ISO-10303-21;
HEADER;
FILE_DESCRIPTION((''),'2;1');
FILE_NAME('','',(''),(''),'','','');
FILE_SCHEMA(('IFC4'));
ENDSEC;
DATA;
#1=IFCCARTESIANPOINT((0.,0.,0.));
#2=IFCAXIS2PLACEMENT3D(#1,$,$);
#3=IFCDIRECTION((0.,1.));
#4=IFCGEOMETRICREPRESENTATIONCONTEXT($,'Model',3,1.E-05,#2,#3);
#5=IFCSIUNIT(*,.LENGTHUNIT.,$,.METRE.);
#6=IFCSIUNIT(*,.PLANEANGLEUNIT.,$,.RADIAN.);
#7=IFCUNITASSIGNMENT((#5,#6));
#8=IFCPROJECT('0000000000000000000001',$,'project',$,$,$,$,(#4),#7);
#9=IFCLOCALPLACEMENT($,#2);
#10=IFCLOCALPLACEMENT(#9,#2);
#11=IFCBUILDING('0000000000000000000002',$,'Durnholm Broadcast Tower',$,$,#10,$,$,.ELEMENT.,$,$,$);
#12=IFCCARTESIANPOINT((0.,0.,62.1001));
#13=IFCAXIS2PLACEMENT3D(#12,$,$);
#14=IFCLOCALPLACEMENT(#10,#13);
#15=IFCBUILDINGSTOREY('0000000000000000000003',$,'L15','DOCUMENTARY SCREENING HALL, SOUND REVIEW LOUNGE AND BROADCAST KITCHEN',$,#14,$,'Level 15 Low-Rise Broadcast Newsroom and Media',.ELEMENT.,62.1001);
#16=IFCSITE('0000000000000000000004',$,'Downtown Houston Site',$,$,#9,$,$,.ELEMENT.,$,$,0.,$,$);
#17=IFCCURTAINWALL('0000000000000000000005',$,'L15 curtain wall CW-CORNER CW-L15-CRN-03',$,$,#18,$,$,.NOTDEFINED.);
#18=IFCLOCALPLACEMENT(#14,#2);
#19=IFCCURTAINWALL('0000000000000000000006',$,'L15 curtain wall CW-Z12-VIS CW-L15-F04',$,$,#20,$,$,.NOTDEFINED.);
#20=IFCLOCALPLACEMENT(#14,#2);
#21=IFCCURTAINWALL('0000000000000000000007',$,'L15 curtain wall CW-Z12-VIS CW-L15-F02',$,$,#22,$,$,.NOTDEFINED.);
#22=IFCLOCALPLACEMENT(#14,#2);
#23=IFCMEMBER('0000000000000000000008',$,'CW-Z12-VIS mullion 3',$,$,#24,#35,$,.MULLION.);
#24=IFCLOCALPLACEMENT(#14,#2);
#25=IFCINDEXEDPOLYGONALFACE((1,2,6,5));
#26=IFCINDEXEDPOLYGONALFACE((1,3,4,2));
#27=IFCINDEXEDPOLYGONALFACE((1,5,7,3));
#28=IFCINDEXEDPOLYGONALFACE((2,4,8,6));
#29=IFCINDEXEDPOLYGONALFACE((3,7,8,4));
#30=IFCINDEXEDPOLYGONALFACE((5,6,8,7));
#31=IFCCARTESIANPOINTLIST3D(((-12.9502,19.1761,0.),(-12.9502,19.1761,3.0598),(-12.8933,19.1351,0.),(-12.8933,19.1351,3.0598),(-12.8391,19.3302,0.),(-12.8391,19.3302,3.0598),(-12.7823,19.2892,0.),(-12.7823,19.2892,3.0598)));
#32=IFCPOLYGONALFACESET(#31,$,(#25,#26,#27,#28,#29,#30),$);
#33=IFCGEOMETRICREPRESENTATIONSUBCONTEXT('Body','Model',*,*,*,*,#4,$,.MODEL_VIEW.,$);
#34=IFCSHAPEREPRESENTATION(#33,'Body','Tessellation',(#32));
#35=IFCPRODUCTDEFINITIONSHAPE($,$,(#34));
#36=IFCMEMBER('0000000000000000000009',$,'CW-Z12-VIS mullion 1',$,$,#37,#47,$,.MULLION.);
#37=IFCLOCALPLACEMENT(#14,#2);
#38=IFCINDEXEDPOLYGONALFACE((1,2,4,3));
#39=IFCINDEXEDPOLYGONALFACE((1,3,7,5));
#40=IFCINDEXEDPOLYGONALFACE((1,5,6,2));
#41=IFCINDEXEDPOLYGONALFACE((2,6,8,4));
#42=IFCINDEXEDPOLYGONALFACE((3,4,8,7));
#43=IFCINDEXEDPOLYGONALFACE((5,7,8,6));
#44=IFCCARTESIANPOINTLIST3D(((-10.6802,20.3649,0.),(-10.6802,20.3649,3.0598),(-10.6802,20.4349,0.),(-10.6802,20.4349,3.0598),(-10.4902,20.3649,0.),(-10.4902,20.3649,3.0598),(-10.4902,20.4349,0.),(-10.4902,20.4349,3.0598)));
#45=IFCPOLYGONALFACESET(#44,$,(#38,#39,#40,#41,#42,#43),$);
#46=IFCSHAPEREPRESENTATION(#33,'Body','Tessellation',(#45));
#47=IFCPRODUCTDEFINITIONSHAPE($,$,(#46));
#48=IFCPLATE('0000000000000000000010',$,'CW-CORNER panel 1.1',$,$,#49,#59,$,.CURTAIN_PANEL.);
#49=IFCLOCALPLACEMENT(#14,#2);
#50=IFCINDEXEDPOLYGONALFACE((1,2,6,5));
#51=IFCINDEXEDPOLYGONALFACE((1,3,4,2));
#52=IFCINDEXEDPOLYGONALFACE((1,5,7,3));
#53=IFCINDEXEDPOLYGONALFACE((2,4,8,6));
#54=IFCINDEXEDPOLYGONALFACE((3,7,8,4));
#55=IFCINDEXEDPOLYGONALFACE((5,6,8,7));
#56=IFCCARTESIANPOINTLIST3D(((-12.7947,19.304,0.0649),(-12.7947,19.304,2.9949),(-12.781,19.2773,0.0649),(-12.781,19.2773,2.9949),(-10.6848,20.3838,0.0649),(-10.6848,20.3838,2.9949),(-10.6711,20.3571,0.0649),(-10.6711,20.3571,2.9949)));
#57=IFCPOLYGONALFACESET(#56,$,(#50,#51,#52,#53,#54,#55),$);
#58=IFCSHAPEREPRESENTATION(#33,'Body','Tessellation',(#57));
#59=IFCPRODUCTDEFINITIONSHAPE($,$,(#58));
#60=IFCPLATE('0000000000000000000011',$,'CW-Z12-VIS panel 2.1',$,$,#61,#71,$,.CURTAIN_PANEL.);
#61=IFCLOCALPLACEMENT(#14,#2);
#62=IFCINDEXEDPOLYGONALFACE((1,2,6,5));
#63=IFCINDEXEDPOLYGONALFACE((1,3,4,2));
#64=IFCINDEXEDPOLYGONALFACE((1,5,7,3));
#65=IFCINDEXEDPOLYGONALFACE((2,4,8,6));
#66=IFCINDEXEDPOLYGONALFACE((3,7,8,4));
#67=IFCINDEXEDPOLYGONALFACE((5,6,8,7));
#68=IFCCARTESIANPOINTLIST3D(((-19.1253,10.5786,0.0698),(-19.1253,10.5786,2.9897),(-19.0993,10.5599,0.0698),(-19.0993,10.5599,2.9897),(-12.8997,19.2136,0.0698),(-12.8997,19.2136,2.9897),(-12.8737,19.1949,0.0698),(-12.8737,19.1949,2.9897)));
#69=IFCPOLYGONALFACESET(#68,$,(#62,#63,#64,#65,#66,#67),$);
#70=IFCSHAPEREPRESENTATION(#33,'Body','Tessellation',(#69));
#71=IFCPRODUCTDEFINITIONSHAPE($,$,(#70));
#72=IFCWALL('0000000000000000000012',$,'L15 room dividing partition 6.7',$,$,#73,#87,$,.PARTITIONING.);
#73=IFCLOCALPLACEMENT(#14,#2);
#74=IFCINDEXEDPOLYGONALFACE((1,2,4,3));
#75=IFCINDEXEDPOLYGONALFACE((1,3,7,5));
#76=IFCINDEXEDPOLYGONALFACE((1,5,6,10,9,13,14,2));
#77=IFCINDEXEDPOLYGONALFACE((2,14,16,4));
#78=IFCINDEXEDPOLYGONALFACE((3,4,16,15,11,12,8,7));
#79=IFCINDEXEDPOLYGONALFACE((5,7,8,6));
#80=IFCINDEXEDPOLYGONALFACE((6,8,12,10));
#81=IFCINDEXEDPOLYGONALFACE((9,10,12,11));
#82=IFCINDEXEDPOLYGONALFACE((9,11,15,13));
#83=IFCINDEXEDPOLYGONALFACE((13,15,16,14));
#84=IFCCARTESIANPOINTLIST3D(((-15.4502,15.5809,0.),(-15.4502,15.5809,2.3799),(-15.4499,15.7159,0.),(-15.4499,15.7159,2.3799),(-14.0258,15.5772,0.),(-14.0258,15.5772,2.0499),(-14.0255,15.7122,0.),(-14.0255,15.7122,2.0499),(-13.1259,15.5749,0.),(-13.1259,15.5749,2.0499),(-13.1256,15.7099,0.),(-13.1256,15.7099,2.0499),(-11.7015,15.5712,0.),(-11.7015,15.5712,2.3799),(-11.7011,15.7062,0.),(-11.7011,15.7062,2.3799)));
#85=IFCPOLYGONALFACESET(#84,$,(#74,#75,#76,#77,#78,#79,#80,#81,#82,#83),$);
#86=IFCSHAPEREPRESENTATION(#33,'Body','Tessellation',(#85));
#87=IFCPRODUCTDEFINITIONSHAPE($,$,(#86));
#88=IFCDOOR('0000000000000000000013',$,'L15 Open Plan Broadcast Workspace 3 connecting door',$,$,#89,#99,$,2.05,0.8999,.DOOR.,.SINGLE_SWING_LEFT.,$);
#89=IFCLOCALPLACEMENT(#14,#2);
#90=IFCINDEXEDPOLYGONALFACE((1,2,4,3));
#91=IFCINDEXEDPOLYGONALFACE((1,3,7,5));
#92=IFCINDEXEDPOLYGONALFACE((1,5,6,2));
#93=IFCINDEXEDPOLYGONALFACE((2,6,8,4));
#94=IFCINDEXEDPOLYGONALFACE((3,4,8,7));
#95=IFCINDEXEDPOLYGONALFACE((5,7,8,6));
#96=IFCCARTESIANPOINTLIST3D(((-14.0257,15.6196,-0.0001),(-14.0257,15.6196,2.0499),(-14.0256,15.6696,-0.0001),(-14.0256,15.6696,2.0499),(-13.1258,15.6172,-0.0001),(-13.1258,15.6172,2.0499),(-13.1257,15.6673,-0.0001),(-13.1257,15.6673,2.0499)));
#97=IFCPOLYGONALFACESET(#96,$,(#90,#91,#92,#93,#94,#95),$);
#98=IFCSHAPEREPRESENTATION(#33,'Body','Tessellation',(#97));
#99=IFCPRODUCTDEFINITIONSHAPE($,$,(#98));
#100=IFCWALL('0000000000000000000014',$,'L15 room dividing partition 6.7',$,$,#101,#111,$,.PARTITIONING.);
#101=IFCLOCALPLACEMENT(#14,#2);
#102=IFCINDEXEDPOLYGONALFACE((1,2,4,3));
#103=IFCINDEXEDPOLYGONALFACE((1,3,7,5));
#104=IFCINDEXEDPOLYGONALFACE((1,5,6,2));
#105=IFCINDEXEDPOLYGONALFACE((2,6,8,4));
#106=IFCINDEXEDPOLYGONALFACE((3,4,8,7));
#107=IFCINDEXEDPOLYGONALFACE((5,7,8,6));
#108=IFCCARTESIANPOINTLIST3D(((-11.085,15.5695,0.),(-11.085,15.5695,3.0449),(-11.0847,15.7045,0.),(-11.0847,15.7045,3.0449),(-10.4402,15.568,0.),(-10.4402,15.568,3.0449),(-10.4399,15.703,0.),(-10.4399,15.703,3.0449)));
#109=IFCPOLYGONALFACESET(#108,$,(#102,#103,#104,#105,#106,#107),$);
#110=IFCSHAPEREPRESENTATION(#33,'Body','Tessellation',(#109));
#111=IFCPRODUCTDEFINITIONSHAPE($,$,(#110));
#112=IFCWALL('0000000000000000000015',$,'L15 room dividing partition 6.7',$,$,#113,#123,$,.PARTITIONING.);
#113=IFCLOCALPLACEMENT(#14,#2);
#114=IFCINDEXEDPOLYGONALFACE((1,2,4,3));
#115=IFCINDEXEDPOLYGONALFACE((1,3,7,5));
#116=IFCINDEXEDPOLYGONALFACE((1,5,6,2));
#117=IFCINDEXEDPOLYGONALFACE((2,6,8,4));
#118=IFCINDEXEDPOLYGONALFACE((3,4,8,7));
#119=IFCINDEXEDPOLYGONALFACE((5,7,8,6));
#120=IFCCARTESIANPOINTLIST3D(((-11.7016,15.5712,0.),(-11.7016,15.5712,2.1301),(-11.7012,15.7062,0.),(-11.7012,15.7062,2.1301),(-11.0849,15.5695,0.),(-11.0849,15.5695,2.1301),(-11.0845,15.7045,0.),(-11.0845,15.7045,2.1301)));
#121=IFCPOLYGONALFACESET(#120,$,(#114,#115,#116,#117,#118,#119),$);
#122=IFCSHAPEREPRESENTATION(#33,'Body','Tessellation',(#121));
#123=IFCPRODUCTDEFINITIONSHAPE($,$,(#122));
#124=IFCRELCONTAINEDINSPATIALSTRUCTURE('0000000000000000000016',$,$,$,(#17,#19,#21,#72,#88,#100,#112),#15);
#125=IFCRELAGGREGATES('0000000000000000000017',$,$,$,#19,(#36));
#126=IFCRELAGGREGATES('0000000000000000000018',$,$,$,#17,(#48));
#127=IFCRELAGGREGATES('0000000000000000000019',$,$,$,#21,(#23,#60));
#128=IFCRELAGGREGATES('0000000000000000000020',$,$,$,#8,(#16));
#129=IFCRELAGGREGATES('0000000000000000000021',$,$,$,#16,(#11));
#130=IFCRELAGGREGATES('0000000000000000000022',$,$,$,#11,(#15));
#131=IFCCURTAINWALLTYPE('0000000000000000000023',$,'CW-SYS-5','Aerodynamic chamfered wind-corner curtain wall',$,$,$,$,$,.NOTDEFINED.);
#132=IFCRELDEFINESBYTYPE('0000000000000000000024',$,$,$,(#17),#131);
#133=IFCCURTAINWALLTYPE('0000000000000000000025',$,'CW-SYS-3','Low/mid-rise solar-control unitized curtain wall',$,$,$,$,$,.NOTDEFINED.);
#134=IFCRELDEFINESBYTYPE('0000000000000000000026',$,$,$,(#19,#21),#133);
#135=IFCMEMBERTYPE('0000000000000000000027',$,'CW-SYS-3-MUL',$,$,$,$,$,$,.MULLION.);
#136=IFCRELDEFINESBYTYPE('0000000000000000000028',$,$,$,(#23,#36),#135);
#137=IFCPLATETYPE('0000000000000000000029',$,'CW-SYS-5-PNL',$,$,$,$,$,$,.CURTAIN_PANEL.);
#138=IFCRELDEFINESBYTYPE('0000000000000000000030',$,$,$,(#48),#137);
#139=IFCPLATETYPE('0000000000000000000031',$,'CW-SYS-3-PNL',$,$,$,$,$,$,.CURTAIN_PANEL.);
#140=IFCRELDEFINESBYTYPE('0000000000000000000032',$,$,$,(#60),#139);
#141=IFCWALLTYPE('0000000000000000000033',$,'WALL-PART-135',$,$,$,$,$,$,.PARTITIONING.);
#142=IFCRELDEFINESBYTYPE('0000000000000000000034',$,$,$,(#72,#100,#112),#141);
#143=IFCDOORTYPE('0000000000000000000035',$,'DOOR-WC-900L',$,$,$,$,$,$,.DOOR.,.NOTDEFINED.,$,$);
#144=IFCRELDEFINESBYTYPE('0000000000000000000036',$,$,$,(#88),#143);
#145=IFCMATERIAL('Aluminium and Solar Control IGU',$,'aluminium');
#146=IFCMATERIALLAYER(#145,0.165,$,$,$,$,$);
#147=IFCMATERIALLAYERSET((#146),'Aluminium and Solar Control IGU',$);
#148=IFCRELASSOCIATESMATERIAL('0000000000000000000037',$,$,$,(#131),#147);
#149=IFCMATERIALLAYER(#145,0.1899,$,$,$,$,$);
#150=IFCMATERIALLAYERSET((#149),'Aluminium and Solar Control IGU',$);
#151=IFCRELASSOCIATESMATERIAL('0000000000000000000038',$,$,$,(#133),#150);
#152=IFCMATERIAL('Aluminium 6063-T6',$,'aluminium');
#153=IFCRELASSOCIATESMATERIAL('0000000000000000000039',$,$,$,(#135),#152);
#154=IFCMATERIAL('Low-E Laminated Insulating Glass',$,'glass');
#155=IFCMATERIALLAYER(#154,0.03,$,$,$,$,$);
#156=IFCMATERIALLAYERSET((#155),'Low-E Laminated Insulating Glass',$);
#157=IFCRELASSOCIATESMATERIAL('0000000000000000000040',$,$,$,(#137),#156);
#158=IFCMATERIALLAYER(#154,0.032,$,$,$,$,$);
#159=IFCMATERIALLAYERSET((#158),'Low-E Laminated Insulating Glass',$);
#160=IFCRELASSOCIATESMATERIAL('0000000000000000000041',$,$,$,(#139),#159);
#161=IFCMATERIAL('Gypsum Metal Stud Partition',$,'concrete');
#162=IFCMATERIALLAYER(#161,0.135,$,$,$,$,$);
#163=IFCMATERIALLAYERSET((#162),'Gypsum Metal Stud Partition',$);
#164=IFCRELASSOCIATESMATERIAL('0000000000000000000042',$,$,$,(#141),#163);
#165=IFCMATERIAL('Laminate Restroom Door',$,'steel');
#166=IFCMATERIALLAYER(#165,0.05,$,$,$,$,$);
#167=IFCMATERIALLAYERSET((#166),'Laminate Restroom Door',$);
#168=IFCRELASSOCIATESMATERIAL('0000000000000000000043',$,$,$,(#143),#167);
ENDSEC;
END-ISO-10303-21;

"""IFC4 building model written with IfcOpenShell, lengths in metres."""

from ifc_helpers import new_model, si_unit, direction, frame, frame_2d, origin, origin_2d, place, context, subcontext, project, spatial, rectangle, extrude, source, transform, mapped, material, layer, layer_set, material_profile, profile_set, type_object, type_shapes, element, fill, aggregate, save


model = new_model("IFC4")

# Units and contexts
model_context = context("Model", 3, precision=1e-05, world=origin(), true_north=direction((0.0, 1.0)))
body_context = subcontext(model_context, "Body", "Model", "MODEL_VIEW")
ifc_project = project(units=[si_unit("LENGTHUNIT", "METRE"), si_unit("PLANEANGLEUNIT", "RADIAN")], contexts=[model_context])

# Site, building, storey
site_placement = place(None, origin())
site = spatial("IfcSite", under=ifc_project, at=site_placement, Name="Downtown Houston Site", CompositionType="ELEMENT", RefElevation=0.0)
building_placement = place(site_placement, origin())
building = spatial("IfcBuilding", under=site, at=building_placement, Name="Durnholm Broadcast Tower", CompositionType="ELEMENT")
storey_placement = place(building_placement, frame((0.0, 0.0, 62.1001)))
storey = spatial("IfcBuildingStorey", under=building, at=storey_placement, Name="L15", Description="DOCUMENTARY SCREENING HALL, SOUND REVIEW LOUNGE AND BROADCAST KITCHEN", LongName="Level 15 Low-Rise Broadcast Newsroom and Media", CompositionType="ELEMENT", Elevation=62.1001)

# Curtain walls
ifc_material_1 = material(Name="Aluminium and Solar Control IGU", Category="aluminium")
ifc_layer_1 = layer(ifc_material_1, 0.165)
ifc_layer_set_1 = layer_set([ifc_layer_1], Name="Aluminium and Solar Control IGU")
curtain_wall_type_1 = type_object("IfcCurtainWallType", Name="CW-SYS-5", Description="Aerodynamic chamfered wind-corner curtain wall", PredefinedType="NOTDEFINED", material=ifc_layer_set_1)
curtain_wall_1_placement = place(storey_placement, origin())
curtain_wall_1 = element("IfcCurtainWall", 1, at=curtain_wall_1_placement, inside=storey, type_object=curtain_wall_type_1, Name="L15 curtain wall CW-CORNER CW-L15-CRN-03", PredefinedType="NOTDEFINED")
ifc_material_2 = material(Name="Aluminium 6063-T6", Category="aluminium")
ifc_layer_2 = layer(ifc_material_1, 0.1899)
ifc_layer_set_2 = layer_set([ifc_layer_2], Name="Aluminium and Solar Control IGU")
curtain_wall_type_2 = type_object("IfcCurtainWallType", Name="CW-SYS-3", Description="Low/mid-rise solar-control unitized curtain wall", PredefinedType="NOTDEFINED", material=ifc_layer_set_2)
curtain_wall_2_placement = place(storey_placement, origin())
curtain_wall_2 = element("IfcCurtainWall", 2, at=curtain_wall_2_placement, inside=storey, type_object=curtain_wall_type_2, Name="L15 curtain wall CW-Z12-VIS CW-L15-F04", PredefinedType="NOTDEFINED")

# Curtain wall, member
curtain_wall_3_placement = place(storey_placement, origin())
curtain_wall_3 = element("IfcCurtainWall", 3, at=curtain_wall_3_placement, inside=storey, type_object=curtain_wall_type_2, Name="L15 curtain wall CW-Z12-VIS CW-L15-F02", PredefinedType="NOTDEFINED")
ifc_material_profile_1 = material_profile(ifc_material_2, rectangle(XDim=0.0701, YDim=0.1899, at=origin_2d()), Name="CWM70X190")
ifc_profile_set_1 = profile_set([ifc_material_profile_1], Name="Aluminium 6063-T6")
member_type_1 = type_object("IfcMemberType", Name="CW-SYS-3-MUL", PredefinedType="MULLION", material=ifc_profile_set_1)
shared_shape_1 = source(origin(), body_context, "Body", "SweptSolid", [
    extrude(rectangle(XDim=0.0701, YDim=0.1899, at=origin_2d()), origin(), (0.0, 0.0, 1.0), 3.0598),
])
type_shapes(member_type_1, [shared_shape_1])
member_1_placement = place(storey_placement, frame((-12.8662, 19.2327, 0.0), z_axis=(0.0, 0.0, 1.0), x_axis=(-0.811161, 0.584823, 0.0)))
member_1 = element("IfcMember", 4, at=member_1_placement, type_object=member_type_1, Name="CW-Z12-VIS mullion 3", PredefinedType="MULLION", context=body_context, shape_type="MappedRepresentation", body=[
    mapped(shared_shape_1, transform((0.0, 0.0, 0.0), x_axis=(1.0, 0.0, 0.0), y_axis=(0.0, 1.0, 0.0), z_axis=(0.0, 0.0, 1.0), scale=1.0)),
])

# Member
member_2_placement = place(storey_placement, frame((-10.5852, 20.3999, 0.0), z_axis=(0.0, 0.0, 1.0), x_axis=(0.0, 1.0, 0.0)))
member_2 = element("IfcMember", 5, at=member_2_placement, type_object=member_type_1, Name="CW-Z12-VIS mullion 1", PredefinedType="MULLION", context=body_context, shape_type="MappedRepresentation", body=[
    mapped(shared_shape_1, transform((0.0, 0.0, 0.0), x_axis=(1.0, 0.0, 0.0), y_axis=(0.0, 1.0, 0.0), z_axis=(0.0, 0.0, 1.0), scale=1.0)),
])
aggregate(curtain_wall_2, [member_2])

# Plates
ifc_material_3 = material(Name="Low-E Laminated Insulating Glass", Category="glass")
ifc_layer_3 = layer(ifc_material_3, 0.03)
ifc_layer_set_3 = layer_set([ifc_layer_3], Name="Low-E Laminated Insulating Glass")
plate_type_1 = type_object("IfcPlateType", Name="CW-SYS-5-PNL", PredefinedType="CURTAIN_PANEL", material=ifc_layer_set_3)
shared_shape_2 = source(origin(), body_context, "Body", "SweptSolid", [
    extrude(rectangle(XDim=2.3701, YDim=0.03, at=origin_2d()), origin(), (0.0, 0.0, 1.0), 2.9299),
])
type_shapes(plate_type_1, [shared_shape_2])
plate_1_placement = place(storey_placement, frame((-11.7329, 19.8306, 0.0649), z_axis=(0.0, 0.0, 1.0), x_axis=(0.890188, 0.455594, 0.0)))
plate_1 = element("IfcPlate", 6, at=plate_1_placement, type_object=plate_type_1, Name="CW-CORNER panel 1.1", PredefinedType="CURTAIN_PANEL", context=body_context, shape_type="MappedRepresentation", body=[
    mapped(shared_shape_2, transform((0.0, 0.0, 0.0), x_axis=(1.0, 0.0, 0.0), y_axis=(0.0, 1.0, 0.0), z_axis=(0.0, 0.0, 1.0), scale=1.0)),
])
aggregate(curtain_wall_1, [plate_1])
ifc_layer_4 = layer(ifc_material_3, 0.032)
ifc_layer_set_4 = layer_set([ifc_layer_4], Name="Low-E Laminated Insulating Glass")
plate_type_2 = type_object("IfcPlateType", Name="CW-SYS-3-PNL", PredefinedType="CURTAIN_PANEL", material=ifc_layer_set_4)
shared_shape_3 = source(origin(), body_context, "Body", "SweptSolid", [
    extrude(rectangle(XDim=10.6453, YDim=0.032, at=origin_2d()), origin(), (0.0, 0.0, 1.0), 2.9199),
])
type_shapes(plate_type_2, [shared_shape_3])
plate_2_placement = place(storey_placement, frame((-15.9995, 14.8867, 0.0698), z_axis=(0.0, 0.0, 1.0), x_axis=(0.584823, 0.811161, 0.0)))
plate_2 = element("IfcPlate", 7, at=plate_2_placement, type_object=plate_type_2, Name="CW-Z12-VIS panel 2.1", PredefinedType="CURTAIN_PANEL", context=body_context, shape_type="MappedRepresentation", body=[
    mapped(shared_shape_3, transform((0.0, 0.0, 0.0), x_axis=(1.0, 0.0, 0.0), y_axis=(0.0, 1.0, 0.0), z_axis=(0.0, 0.0, 1.0), scale=1.0)),
])
aggregate(curtain_wall_3, [member_1, plate_2])

# Wall, opening, door
ifc_material_4 = material(Name="Gypsum Metal Stud Partition", Category="concrete")
ifc_layer_5 = layer(ifc_material_4, 0.135)
ifc_layer_set_5 = layer_set([ifc_layer_5], Name="Gypsum Metal Stud Partition")
wall_type = type_object("IfcWallType", Name="WALL-PART-135", PredefinedType="PARTITIONING", material=ifc_layer_set_5)
wall_1_placement = place(storey_placement, frame((-15.4502, 15.6484, 0.0), z_axis=(0.0, 0.0, 1.0), x_axis=(0.999997, -0.002605, 0.0)))
wall_1 = element("IfcWall", 8, at=wall_1_placement, inside=storey, type_object=wall_type, Name="L15 room dividing partition 6.7", PredefinedType="PARTITIONING", context=body_context, shape_type="SweptSolid", body=[
    extrude(rectangle(XDim=3.7488, YDim=0.135, at=frame_2d((1.8745, 0.0))), origin(), (0.0, 0.0, 1.0), 2.3799),
])
opening_placement = place(wall_1_placement, frame((1.4246, 0.0, 0.0)))
opening = element("IfcOpeningElement", 9, at=opening_placement, cuts=wall_1, PredefinedType="OPENING", context=body_context, shape_type="SweptSolid", body=[
    extrude(rectangle(XDim=0.8999, YDim=2.05, at=frame_2d((0.45, 1.0249))), frame((0.0, 0.0776, 0.0), z_axis=(0.0, -1.0, 0.0), x_axis=(1.0, 0.0, 0.0)), (0.0, 0.0, 1.0), 0.155),
])
ifc_material_5 = material(Name="Laminate Restroom Door", Category="steel")
ifc_layer_6 = layer(ifc_material_5, 0.05)
ifc_layer_set_6 = layer_set([ifc_layer_6], Name="Laminate Restroom Door")
door_type = type_object("IfcDoorType", Name="DOOR-WC-900L", OperationType="NOTDEFINED", PredefinedType="DOOR", material=ifc_layer_set_6)
shared_shape_4 = source(origin(), body_context, "Body", "SweptSolid", [
    extrude(rectangle(XDim=0.8999, YDim=2.05, at=frame_2d((0.45, 1.0249))), frame((0.0, 0.0249, 0.0), z_axis=(0.0, -1.0, 0.0), x_axis=(1.0, 0.0, 0.0)), (0.0, 0.0, 1.0), 0.05),
])
type_shapes(door_type, [shared_shape_4])
door_placement = place(opening_placement, origin())
door = element("IfcDoor", 10, at=door_placement, inside=storey, type_object=door_type, Name="L15 Open Plan Broadcast Workspace 3 connecting door", OperationType="SINGLE_SWING_LEFT", OverallHeight=2.05, OverallWidth=0.8999, PredefinedType="DOOR", context=body_context, shape_type="MappedRepresentation", body=[
    mapped(shared_shape_4, transform((0.0, 0.0, 0.0), x_axis=(1.0, 0.0, 0.0), y_axis=(0.0, 1.0, 0.0), z_axis=(0.0, 0.0, 1.0), scale=1.0)),
])
fill(opening, door)

# Walls
wall_2_placement = place(storey_placement, frame((-11.0847, 15.637, 0.0), z_axis=(0.0, 0.0, 1.0), x_axis=(0.999997, -0.002272, 0.0)))
element("IfcWall", 11, at=wall_2_placement, inside=storey, type_object=wall_type, Name="L15 room dividing partition 6.7", PredefinedType="PARTITIONING", context=body_context, shape_type="SweptSolid", body=[
    extrude(rectangle(XDim=0.6448, YDim=0.135, at=frame_2d((0.3223, 0.0))), origin(), (0.0, 0.0, 1.0), 3.0449),
])
wall_3_placement = place(storey_placement, frame((-11.7014, 15.6387, 0.0), z_axis=(0.0, 0.0, 1.0), x_axis=(0.999996, -0.002771, 0.0)))
element("IfcWall", 12, at=wall_3_placement, inside=storey, type_object=wall_type, Name="L15 room dividing partition 6.7", PredefinedType="PARTITIONING", context=body_context, shape_type="SweptSolid", body=[
    extrude(rectangle(XDim=0.6167, YDim=0.135, at=frame_2d((0.3083, 0.0))), origin(), (0.0, 0.0, 1.0), 2.1301),
])

save(model, "model.ifc")
